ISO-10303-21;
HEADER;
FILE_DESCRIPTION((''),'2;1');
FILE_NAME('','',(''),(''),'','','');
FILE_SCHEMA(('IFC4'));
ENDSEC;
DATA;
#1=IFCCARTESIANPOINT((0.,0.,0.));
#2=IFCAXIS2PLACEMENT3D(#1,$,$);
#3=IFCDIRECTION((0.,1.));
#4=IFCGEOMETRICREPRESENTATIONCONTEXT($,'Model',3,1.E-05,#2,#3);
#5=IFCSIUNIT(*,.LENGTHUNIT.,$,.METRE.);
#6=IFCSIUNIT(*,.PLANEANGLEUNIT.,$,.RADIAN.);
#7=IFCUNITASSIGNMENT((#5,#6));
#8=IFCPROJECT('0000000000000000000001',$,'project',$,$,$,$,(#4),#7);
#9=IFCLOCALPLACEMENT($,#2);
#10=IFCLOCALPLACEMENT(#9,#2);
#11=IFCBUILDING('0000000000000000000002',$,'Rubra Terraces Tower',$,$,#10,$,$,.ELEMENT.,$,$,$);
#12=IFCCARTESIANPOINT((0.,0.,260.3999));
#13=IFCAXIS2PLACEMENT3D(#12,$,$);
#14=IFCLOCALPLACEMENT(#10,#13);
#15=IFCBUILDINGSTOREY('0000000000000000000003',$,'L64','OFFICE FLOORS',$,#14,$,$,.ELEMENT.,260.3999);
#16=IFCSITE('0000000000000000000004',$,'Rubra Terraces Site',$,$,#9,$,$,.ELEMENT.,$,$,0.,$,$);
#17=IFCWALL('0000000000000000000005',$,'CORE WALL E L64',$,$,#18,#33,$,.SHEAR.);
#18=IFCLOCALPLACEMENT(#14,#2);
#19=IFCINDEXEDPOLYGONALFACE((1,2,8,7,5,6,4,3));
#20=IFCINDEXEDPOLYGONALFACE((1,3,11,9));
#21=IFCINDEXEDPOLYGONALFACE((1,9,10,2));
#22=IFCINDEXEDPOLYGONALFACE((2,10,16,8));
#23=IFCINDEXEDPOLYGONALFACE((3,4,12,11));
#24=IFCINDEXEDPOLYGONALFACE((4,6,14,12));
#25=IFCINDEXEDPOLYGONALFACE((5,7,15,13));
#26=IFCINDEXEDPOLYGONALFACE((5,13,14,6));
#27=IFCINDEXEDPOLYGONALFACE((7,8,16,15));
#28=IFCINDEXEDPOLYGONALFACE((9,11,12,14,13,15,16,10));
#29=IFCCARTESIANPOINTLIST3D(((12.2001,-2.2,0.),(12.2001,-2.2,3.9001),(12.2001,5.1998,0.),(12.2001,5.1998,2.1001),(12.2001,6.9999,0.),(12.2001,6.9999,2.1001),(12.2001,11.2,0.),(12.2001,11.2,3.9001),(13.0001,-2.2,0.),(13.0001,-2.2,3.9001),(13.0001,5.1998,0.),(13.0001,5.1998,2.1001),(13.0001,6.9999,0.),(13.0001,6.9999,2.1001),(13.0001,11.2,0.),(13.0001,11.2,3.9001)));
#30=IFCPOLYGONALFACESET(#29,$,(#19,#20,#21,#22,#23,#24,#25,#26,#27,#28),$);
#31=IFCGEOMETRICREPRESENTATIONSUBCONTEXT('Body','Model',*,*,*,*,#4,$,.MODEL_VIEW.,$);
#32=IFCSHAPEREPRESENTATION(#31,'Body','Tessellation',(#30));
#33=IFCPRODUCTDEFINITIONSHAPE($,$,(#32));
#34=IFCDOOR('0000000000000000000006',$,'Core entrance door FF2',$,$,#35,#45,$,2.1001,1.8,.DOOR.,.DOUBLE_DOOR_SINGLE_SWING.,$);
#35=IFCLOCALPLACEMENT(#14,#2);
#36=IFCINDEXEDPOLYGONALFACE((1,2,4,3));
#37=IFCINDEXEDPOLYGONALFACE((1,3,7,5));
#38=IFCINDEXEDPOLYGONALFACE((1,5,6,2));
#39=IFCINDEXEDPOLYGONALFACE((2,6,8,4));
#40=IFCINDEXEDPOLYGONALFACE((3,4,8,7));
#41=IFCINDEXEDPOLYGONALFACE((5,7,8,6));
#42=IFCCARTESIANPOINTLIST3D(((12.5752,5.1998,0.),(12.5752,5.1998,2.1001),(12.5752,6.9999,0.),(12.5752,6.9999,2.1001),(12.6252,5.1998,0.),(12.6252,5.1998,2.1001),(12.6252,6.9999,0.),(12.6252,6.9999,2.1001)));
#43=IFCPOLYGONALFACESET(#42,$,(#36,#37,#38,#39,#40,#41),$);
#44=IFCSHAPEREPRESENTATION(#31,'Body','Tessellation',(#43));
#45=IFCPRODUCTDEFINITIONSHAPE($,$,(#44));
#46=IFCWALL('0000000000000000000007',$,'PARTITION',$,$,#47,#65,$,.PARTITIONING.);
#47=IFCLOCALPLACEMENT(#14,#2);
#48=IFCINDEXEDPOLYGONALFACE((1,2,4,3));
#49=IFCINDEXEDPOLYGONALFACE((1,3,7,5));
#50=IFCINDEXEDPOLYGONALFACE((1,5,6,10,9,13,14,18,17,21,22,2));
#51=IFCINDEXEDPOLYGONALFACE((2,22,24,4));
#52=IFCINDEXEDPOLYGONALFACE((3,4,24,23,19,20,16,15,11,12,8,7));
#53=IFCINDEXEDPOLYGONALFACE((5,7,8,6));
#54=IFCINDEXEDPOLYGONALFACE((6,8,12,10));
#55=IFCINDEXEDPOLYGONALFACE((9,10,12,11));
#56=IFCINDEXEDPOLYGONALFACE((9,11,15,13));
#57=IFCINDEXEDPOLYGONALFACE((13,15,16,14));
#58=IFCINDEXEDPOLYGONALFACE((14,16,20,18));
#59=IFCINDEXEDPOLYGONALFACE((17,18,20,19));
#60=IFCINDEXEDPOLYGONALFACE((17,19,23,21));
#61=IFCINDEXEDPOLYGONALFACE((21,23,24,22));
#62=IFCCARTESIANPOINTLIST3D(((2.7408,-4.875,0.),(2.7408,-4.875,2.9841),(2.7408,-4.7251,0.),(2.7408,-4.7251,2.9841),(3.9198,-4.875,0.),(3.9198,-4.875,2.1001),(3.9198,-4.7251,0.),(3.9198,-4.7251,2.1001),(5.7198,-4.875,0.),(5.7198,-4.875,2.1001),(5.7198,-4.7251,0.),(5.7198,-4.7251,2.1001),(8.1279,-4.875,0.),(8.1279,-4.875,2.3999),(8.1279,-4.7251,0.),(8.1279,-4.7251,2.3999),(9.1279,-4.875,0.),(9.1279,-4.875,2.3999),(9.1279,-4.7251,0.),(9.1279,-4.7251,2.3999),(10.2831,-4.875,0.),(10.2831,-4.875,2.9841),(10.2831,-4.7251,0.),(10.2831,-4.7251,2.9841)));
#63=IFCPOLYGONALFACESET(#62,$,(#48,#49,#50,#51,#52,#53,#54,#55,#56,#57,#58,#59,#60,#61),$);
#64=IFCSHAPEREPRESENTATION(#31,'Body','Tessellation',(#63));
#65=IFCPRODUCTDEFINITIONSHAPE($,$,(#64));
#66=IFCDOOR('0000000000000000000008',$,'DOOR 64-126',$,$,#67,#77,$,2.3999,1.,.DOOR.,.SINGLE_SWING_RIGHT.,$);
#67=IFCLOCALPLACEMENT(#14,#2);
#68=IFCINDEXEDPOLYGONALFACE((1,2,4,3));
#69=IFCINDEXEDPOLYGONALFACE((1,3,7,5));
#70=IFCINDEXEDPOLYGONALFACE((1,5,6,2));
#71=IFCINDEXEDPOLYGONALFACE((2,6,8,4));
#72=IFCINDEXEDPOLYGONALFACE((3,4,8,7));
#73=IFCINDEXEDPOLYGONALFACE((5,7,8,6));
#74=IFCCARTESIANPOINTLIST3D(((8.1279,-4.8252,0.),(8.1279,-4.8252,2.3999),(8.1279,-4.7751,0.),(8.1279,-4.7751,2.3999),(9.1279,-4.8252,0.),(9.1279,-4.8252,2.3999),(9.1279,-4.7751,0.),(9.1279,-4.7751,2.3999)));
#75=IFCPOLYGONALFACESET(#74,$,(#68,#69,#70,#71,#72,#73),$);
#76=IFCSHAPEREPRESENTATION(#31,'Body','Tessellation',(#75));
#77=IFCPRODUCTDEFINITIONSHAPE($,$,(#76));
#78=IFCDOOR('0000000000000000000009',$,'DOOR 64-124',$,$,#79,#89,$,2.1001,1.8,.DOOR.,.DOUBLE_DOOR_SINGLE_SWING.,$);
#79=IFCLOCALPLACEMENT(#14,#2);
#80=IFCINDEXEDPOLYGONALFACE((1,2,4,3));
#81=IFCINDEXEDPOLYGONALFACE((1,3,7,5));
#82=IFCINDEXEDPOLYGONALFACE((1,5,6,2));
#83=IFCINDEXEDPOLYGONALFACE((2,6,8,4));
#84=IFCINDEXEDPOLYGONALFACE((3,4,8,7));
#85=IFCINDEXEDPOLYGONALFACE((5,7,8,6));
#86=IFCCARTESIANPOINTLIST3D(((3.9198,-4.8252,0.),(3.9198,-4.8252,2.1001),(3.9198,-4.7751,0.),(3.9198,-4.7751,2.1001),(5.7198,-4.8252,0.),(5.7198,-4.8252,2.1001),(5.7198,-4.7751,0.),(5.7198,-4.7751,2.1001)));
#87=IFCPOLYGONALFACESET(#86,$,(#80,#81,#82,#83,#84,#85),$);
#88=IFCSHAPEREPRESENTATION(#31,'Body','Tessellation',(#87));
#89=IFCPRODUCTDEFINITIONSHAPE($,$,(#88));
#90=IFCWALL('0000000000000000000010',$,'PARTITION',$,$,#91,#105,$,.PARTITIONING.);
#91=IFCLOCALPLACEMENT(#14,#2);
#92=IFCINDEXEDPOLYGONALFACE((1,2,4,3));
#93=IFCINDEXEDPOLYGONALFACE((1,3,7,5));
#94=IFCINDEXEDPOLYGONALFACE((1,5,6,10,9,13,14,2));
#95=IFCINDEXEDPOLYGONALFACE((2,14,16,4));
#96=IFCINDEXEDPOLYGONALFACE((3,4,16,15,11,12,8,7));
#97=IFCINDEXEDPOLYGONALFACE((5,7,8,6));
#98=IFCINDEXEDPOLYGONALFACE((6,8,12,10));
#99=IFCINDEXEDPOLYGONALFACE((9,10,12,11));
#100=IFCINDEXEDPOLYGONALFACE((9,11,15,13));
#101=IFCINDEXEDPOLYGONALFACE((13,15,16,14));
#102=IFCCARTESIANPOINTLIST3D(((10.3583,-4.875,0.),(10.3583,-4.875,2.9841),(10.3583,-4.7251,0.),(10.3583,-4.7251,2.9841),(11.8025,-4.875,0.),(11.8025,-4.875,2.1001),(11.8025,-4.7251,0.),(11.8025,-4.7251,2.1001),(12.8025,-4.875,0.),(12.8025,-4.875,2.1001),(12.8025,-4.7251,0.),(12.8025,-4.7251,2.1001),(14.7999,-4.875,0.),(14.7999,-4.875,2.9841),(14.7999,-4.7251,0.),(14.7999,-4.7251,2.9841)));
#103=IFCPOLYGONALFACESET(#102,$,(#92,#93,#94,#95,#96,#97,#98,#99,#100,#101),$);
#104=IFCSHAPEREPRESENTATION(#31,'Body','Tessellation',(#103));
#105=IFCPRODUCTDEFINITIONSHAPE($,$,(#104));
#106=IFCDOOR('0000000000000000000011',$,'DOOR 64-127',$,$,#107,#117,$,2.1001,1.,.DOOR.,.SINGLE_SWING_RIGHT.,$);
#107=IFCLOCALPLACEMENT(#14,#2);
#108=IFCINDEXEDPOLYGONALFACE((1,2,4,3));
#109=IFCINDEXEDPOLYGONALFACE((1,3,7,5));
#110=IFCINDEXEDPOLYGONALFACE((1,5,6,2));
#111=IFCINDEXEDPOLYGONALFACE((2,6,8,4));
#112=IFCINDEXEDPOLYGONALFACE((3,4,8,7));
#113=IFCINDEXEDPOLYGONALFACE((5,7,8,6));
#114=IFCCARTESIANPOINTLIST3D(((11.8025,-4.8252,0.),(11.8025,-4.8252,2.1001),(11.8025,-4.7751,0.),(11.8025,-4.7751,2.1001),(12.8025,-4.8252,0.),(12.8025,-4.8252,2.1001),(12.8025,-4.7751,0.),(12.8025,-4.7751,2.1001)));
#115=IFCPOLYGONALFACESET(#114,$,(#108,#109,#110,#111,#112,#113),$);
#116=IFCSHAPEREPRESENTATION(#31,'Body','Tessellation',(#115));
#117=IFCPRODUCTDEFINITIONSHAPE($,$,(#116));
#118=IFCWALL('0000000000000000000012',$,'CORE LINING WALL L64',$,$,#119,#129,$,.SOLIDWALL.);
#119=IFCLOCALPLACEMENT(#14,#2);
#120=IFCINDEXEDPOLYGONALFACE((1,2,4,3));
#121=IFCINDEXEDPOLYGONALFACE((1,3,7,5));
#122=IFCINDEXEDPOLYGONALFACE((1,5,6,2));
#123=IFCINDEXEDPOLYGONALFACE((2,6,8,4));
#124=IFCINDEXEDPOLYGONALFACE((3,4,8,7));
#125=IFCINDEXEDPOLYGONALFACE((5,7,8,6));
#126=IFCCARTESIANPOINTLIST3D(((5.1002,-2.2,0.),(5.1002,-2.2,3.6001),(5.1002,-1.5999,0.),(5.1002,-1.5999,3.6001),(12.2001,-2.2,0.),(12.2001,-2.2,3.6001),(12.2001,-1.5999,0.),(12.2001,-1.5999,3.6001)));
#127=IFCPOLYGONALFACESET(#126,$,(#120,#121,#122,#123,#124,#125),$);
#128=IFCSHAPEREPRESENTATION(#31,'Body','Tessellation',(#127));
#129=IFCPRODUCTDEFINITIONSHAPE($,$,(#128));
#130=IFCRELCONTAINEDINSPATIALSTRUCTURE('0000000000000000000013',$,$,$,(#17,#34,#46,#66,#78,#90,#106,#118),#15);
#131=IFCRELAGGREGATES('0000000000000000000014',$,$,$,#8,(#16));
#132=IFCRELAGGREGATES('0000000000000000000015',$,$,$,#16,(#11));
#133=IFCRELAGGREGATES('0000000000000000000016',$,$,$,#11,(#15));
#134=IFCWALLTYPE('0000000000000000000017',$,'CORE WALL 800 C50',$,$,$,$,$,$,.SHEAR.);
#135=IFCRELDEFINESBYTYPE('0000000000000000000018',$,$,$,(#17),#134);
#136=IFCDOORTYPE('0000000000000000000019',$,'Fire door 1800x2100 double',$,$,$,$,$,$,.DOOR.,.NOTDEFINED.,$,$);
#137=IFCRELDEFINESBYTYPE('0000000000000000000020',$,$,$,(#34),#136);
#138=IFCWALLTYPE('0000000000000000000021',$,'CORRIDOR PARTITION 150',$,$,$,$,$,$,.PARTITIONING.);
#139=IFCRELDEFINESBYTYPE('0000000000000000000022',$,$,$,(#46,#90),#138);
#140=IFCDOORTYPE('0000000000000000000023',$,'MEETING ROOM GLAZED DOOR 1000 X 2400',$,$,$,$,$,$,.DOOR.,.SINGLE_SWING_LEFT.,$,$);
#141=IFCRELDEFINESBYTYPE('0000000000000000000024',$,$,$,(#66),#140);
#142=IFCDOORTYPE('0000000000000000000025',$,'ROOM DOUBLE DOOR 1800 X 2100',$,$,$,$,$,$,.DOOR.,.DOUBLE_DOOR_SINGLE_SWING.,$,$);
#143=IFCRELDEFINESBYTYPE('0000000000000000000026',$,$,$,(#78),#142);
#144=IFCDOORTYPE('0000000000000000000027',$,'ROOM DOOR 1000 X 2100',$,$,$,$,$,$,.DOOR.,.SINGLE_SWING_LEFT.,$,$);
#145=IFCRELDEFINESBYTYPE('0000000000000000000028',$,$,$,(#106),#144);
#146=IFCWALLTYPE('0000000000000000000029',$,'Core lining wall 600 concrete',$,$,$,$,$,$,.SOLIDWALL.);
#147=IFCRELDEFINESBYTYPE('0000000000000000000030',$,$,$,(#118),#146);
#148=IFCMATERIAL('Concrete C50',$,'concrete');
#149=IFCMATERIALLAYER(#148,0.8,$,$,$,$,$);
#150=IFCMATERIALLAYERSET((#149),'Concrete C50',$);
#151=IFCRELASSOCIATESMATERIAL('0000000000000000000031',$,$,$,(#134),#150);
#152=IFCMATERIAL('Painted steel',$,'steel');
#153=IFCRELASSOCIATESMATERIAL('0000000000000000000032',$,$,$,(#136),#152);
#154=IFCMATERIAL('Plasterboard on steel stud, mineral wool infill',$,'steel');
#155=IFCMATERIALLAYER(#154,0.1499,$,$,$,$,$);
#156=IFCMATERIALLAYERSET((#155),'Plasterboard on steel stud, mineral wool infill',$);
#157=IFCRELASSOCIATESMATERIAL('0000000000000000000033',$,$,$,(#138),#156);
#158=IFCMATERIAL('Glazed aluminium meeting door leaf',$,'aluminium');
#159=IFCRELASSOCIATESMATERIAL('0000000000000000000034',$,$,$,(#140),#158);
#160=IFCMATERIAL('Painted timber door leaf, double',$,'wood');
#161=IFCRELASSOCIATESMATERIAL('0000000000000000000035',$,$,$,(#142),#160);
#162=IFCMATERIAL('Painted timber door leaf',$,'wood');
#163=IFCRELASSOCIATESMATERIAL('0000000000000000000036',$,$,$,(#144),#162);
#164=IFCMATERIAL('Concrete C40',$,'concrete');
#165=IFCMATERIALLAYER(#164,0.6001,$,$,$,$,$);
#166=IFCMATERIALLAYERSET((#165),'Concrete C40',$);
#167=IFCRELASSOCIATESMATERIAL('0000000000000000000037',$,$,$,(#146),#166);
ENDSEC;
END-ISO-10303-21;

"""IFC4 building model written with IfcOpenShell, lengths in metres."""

from ifc_helpers import new_model, si_unit, direction, frame, frame_2d, origin, place, context, subcontext, project, spatial, rectangle, extrude, material, layer, layer_set, type_object, element, fill, save


model = new_model("IFC4")

# Units and contexts
model_context = context("Model", 3, precision=1e-05, world=origin(), true_north=direction((0.0, 1.0)))
body_context = subcontext(model_context, "Body", "Model", "MODEL_VIEW")
ifc_project = project(units=[si_unit("LENGTHUNIT", "METRE"), si_unit("PLANEANGLEUNIT", "RADIAN")], contexts=[model_context])

# Site, building, storey
site_placement = place(None, origin())
site = spatial("IfcSite", under=ifc_project, at=site_placement, Name="Rubra Terraces Site", CompositionType="ELEMENT", RefElevation=0.0)
building_placement = place(site_placement, origin())
building = spatial("IfcBuilding", under=site, at=building_placement, Name="Rubra Terraces Tower", CompositionType="ELEMENT")
storey_placement = place(building_placement, frame((0.0, 0.0, 260.3999)))
storey = spatial("IfcBuildingStorey", under=building, at=storey_placement, Name="L64", Description="OFFICE FLOORS", CompositionType="ELEMENT", Elevation=260.3999)

# Shared definitions
ifc_material_1 = material(Name="Concrete C40", Category="concrete")

# Wall, opening, door
ifc_material_2 = material(Name="Concrete C50", Category="concrete")
ifc_layer_1 = layer(ifc_material_2, 0.8)
ifc_layer_set_1 = layer_set([ifc_layer_1], Name="Concrete C50")
wall_type_1 = type_object("IfcWallType", Name="CORE WALL 800 C50", PredefinedType="SHEAR", material=ifc_layer_set_1)
wall_1_placement = place(storey_placement, frame((12.6001, -2.2, 0.0), z_axis=(0.0, 0.0, 1.0), x_axis=(0.0, 1.0, 0.0)))
wall_1 = element("IfcWall", 1, at=wall_1_placement, inside=storey, type_object=wall_type_1, Name="CORE WALL E L64", PredefinedType="SHEAR", context=body_context, shape_type="SweptSolid", body=[
    extrude(rectangle(XDim=13.3999, YDim=0.8, at=frame_2d((6.7, 0.0))), origin(), (0.0, 0.0, 1.0), 3.9001),
])
opening_1_placement = place(wall_1_placement, frame((7.3999, 0.0, 0.0)))
opening_1 = element("IfcOpeningElement", 2, at=opening_1_placement, cuts=wall_1, PredefinedType="OPENING", context=body_context, shape_type="SweptSolid", body=[
    extrude(rectangle(XDim=1.8, YDim=2.1001, at=frame_2d((0.8999, 1.05))), frame((0.0, 0.4099, 0.0), z_axis=(0.0, -1.0, 0.0), x_axis=(1.0, 0.0, 0.0)), (0.0, 0.0, 1.0), 0.8201),
])
ifc_material_3 = material(Name="Painted steel", Category="steel")
door_type_1 = type_object("IfcDoorType", Name="Fire door 1800x2100 double", OperationType="NOTDEFINED", PredefinedType="DOOR", material=ifc_material_3)
door_1_placement = place(opening_1_placement, origin())
door_1 = element("IfcDoor", 3, at=door_1_placement, inside=storey, type_object=door_type_1, Name="Core entrance door FF2", OperationType="DOUBLE_DOOR_SINGLE_SWING", OverallHeight=2.1001, OverallWidth=1.8, PredefinedType="DOOR", context=body_context, shape_type="SweptSolid", body=[
    extrude(rectangle(XDim=1.8, YDim=2.1001, at=frame_2d((0.8999, 1.05))), frame((0.0, 0.0249, 0.0), z_axis=(0.0, -1.0, 0.0), x_axis=(1.0, 0.0, 0.0)), (0.0, 0.0, 1.0), 0.05),
])
fill(opening_1, door_1)

# Wall, openings, doors
ifc_material_4 = material(Name="Plasterboard on steel stud, mineral wool infill", Category="steel")
ifc_layer_2 = layer(ifc_material_4, 0.1499)
ifc_layer_set_2 = layer_set([ifc_layer_2], Name="Plasterboard on steel stud, mineral wool infill")
wall_type_2 = type_object("IfcWallType", Name="CORRIDOR PARTITION 150", PredefinedType="PARTITIONING", material=ifc_layer_set_2)
wall_2_placement = place(storey_placement, frame((2.741, -4.8, 0.0), z_axis=(0.0, 0.0, 1.0), x_axis=(1.0, 0.0, 0.0)))
wall_2 = element("IfcWall", 4, at=wall_2_placement, inside=storey, type_object=wall_type_2, Name="PARTITION", PredefinedType="PARTITIONING", context=body_context, shape_type="SweptSolid", body=[
    extrude(rectangle(XDim=7.5422, YDim=0.1499, at=frame_2d((3.771, 0.0))), origin(), (0.0, 0.0, 1.0), 2.9841),
])
opening_2_placement = place(wall_2_placement, frame((1.179, 0.0, 0.0)))
opening_2 = element("IfcOpeningElement", 5, at=opening_2_placement, cuts=wall_2, PredefinedType="OPENING", context=body_context, shape_type="SweptSolid", body=[
    extrude(rectangle(XDim=1.8, YDim=2.1001, at=frame_2d((0.8999, 1.05))), frame((0.0, 0.085, 0.0), z_axis=(0.0, -1.0, 0.0), x_axis=(1.0, 0.0, 0.0)), (0.0, 0.0, 1.0), 0.1699),
])
opening_3_placement = place(wall_2_placement, frame((5.387, 0.0, 0.0)))
opening_3 = element("IfcOpeningElement", 6, at=opening_3_placement, cuts=wall_2, PredefinedType="OPENING", context=body_context, shape_type="SweptSolid", body=[
    extrude(rectangle(XDim=1.0, YDim=2.3999, at=frame_2d((0.5, 1.2))), frame((0.0, 0.085, 0.0), z_axis=(0.0, -1.0, 0.0), x_axis=(1.0, 0.0, 0.0)), (0.0, 0.0, 1.0), 0.1699),
])
ifc_material_5 = material(Name="Glazed aluminium meeting door leaf", Category="aluminium")
door_type_2 = type_object("IfcDoorType", Name="MEETING ROOM GLAZED DOOR 1000 X 2400", OperationType="SINGLE_SWING_LEFT", PredefinedType="DOOR", material=ifc_material_5)
door_2_placement = place(opening_3_placement, origin())
door_2 = element("IfcDoor", 7, at=door_2_placement, inside=storey, type_object=door_type_2, Name="DOOR 64-126", OperationType="SINGLE_SWING_RIGHT", OverallHeight=2.3999, OverallWidth=1.0, PredefinedType="DOOR", context=body_context, shape_type="SweptSolid", body=[
    extrude(rectangle(XDim=1.0, YDim=2.3999, at=frame_2d((0.5, 1.2))), frame((0.0, 0.0249, 0.0), z_axis=(0.0, -1.0, 0.0), x_axis=(1.0, 0.0, 0.0)), (0.0, 0.0, 1.0), 0.05),
])
fill(opening_3, door_2)
ifc_material_6 = material(Name="Painted timber door leaf, double", Category="wood")
door_type_3 = type_object("IfcDoorType", Name="ROOM DOUBLE DOOR 1800 X 2100", OperationType="DOUBLE_DOOR_SINGLE_SWING", PredefinedType="DOOR", material=ifc_material_6)
door_3_placement = place(opening_2_placement, origin())
door_3 = element("IfcDoor", 8, at=door_3_placement, inside=storey, type_object=door_type_3, Name="DOOR 64-124", OperationType="DOUBLE_DOOR_SINGLE_SWING", OverallHeight=2.1001, OverallWidth=1.8, PredefinedType="DOOR", context=body_context, shape_type="SweptSolid", body=[
    extrude(rectangle(XDim=1.8, YDim=2.1001, at=frame_2d((0.8999, 1.05))), frame((0.0, 0.0249, 0.0), z_axis=(0.0, -1.0, 0.0), x_axis=(1.0, 0.0, 0.0)), (0.0, 0.0, 1.0), 0.05),
])
fill(opening_2, door_3)

# Wall, opening, door
wall_3_placement = place(storey_placement, frame((10.3584, -4.8, 0.0), z_axis=(0.0, 0.0, 1.0), x_axis=(1.0, 0.0, 0.0)))
wall_3 = element("IfcWall", 9, at=wall_3_placement, inside=storey, type_object=wall_type_2, Name="PARTITION", PredefinedType="PARTITIONING", context=body_context, shape_type="SweptSolid", body=[
    extrude(rectangle(XDim=4.4417, YDim=0.1499, at=frame_2d((2.2207, 0.0))), origin(), (0.0, 0.0, 1.0), 2.9841),
])
opening_4_placement = place(wall_3_placement, frame((1.4441, 0.0, 0.0)))
opening_4 = element("IfcOpeningElement", 10, at=opening_4_placement, cuts=wall_3, PredefinedType="OPENING", context=body_context, shape_type="SweptSolid", body=[
    extrude(rectangle(XDim=1.0, YDim=2.1001, at=frame_2d((0.5, 1.05))), frame((0.0, 0.085, 0.0), z_axis=(0.0, -1.0, 0.0), x_axis=(1.0, 0.0, 0.0)), (0.0, 0.0, 1.0), 0.1699),
])
ifc_material_7 = material(Name="Painted timber door leaf", Category="wood")
door_type_4 = type_object("IfcDoorType", Name="ROOM DOOR 1000 X 2100", OperationType="SINGLE_SWING_LEFT", PredefinedType="DOOR", material=ifc_material_7)
door_4_placement = place(opening_4_placement, origin())
door_4 = element("IfcDoor", 11, at=door_4_placement, inside=storey, type_object=door_type_4, Name="DOOR 64-127", OperationType="SINGLE_SWING_RIGHT", OverallHeight=2.1001, OverallWidth=1.0, PredefinedType="DOOR", context=body_context, shape_type="SweptSolid", body=[
    extrude(rectangle(XDim=1.0, YDim=2.1001, at=frame_2d((0.5, 1.05))), frame((0.0, 0.0249, 0.0), z_axis=(0.0, -1.0, 0.0), x_axis=(1.0, 0.0, 0.0)), (0.0, 0.0, 1.0), 0.05),
])
fill(opening_4, door_4)

# Wall
ifc_layer_3 = layer(ifc_material_1, 0.6001)
ifc_layer_set_3 = layer_set([ifc_layer_3], Name="Concrete C40")
wall_type_3 = type_object("IfcWallType", Name="Core lining wall 600 concrete", PredefinedType="SOLIDWALL", material=ifc_layer_set_3)
wall_4_placement = place(storey_placement, frame((12.2, -1.8999, 0.0), z_axis=(0.0, 0.0, 1.0), x_axis=(-1.0, 0.0, 0.0)))
element("IfcWall", 12, at=wall_4_placement, inside=storey, type_object=wall_type_3, Name="CORE LINING WALL L64", PredefinedType="SOLIDWALL", context=body_context, shape_type="SweptSolid", body=[
    extrude(rectangle(XDim=7.0999, YDim=0.6001, at=frame_2d((3.5498, 0.0))), origin(), (0.0, 0.0, 1.0), 3.6001),
])

save(model, "model.ifc")
